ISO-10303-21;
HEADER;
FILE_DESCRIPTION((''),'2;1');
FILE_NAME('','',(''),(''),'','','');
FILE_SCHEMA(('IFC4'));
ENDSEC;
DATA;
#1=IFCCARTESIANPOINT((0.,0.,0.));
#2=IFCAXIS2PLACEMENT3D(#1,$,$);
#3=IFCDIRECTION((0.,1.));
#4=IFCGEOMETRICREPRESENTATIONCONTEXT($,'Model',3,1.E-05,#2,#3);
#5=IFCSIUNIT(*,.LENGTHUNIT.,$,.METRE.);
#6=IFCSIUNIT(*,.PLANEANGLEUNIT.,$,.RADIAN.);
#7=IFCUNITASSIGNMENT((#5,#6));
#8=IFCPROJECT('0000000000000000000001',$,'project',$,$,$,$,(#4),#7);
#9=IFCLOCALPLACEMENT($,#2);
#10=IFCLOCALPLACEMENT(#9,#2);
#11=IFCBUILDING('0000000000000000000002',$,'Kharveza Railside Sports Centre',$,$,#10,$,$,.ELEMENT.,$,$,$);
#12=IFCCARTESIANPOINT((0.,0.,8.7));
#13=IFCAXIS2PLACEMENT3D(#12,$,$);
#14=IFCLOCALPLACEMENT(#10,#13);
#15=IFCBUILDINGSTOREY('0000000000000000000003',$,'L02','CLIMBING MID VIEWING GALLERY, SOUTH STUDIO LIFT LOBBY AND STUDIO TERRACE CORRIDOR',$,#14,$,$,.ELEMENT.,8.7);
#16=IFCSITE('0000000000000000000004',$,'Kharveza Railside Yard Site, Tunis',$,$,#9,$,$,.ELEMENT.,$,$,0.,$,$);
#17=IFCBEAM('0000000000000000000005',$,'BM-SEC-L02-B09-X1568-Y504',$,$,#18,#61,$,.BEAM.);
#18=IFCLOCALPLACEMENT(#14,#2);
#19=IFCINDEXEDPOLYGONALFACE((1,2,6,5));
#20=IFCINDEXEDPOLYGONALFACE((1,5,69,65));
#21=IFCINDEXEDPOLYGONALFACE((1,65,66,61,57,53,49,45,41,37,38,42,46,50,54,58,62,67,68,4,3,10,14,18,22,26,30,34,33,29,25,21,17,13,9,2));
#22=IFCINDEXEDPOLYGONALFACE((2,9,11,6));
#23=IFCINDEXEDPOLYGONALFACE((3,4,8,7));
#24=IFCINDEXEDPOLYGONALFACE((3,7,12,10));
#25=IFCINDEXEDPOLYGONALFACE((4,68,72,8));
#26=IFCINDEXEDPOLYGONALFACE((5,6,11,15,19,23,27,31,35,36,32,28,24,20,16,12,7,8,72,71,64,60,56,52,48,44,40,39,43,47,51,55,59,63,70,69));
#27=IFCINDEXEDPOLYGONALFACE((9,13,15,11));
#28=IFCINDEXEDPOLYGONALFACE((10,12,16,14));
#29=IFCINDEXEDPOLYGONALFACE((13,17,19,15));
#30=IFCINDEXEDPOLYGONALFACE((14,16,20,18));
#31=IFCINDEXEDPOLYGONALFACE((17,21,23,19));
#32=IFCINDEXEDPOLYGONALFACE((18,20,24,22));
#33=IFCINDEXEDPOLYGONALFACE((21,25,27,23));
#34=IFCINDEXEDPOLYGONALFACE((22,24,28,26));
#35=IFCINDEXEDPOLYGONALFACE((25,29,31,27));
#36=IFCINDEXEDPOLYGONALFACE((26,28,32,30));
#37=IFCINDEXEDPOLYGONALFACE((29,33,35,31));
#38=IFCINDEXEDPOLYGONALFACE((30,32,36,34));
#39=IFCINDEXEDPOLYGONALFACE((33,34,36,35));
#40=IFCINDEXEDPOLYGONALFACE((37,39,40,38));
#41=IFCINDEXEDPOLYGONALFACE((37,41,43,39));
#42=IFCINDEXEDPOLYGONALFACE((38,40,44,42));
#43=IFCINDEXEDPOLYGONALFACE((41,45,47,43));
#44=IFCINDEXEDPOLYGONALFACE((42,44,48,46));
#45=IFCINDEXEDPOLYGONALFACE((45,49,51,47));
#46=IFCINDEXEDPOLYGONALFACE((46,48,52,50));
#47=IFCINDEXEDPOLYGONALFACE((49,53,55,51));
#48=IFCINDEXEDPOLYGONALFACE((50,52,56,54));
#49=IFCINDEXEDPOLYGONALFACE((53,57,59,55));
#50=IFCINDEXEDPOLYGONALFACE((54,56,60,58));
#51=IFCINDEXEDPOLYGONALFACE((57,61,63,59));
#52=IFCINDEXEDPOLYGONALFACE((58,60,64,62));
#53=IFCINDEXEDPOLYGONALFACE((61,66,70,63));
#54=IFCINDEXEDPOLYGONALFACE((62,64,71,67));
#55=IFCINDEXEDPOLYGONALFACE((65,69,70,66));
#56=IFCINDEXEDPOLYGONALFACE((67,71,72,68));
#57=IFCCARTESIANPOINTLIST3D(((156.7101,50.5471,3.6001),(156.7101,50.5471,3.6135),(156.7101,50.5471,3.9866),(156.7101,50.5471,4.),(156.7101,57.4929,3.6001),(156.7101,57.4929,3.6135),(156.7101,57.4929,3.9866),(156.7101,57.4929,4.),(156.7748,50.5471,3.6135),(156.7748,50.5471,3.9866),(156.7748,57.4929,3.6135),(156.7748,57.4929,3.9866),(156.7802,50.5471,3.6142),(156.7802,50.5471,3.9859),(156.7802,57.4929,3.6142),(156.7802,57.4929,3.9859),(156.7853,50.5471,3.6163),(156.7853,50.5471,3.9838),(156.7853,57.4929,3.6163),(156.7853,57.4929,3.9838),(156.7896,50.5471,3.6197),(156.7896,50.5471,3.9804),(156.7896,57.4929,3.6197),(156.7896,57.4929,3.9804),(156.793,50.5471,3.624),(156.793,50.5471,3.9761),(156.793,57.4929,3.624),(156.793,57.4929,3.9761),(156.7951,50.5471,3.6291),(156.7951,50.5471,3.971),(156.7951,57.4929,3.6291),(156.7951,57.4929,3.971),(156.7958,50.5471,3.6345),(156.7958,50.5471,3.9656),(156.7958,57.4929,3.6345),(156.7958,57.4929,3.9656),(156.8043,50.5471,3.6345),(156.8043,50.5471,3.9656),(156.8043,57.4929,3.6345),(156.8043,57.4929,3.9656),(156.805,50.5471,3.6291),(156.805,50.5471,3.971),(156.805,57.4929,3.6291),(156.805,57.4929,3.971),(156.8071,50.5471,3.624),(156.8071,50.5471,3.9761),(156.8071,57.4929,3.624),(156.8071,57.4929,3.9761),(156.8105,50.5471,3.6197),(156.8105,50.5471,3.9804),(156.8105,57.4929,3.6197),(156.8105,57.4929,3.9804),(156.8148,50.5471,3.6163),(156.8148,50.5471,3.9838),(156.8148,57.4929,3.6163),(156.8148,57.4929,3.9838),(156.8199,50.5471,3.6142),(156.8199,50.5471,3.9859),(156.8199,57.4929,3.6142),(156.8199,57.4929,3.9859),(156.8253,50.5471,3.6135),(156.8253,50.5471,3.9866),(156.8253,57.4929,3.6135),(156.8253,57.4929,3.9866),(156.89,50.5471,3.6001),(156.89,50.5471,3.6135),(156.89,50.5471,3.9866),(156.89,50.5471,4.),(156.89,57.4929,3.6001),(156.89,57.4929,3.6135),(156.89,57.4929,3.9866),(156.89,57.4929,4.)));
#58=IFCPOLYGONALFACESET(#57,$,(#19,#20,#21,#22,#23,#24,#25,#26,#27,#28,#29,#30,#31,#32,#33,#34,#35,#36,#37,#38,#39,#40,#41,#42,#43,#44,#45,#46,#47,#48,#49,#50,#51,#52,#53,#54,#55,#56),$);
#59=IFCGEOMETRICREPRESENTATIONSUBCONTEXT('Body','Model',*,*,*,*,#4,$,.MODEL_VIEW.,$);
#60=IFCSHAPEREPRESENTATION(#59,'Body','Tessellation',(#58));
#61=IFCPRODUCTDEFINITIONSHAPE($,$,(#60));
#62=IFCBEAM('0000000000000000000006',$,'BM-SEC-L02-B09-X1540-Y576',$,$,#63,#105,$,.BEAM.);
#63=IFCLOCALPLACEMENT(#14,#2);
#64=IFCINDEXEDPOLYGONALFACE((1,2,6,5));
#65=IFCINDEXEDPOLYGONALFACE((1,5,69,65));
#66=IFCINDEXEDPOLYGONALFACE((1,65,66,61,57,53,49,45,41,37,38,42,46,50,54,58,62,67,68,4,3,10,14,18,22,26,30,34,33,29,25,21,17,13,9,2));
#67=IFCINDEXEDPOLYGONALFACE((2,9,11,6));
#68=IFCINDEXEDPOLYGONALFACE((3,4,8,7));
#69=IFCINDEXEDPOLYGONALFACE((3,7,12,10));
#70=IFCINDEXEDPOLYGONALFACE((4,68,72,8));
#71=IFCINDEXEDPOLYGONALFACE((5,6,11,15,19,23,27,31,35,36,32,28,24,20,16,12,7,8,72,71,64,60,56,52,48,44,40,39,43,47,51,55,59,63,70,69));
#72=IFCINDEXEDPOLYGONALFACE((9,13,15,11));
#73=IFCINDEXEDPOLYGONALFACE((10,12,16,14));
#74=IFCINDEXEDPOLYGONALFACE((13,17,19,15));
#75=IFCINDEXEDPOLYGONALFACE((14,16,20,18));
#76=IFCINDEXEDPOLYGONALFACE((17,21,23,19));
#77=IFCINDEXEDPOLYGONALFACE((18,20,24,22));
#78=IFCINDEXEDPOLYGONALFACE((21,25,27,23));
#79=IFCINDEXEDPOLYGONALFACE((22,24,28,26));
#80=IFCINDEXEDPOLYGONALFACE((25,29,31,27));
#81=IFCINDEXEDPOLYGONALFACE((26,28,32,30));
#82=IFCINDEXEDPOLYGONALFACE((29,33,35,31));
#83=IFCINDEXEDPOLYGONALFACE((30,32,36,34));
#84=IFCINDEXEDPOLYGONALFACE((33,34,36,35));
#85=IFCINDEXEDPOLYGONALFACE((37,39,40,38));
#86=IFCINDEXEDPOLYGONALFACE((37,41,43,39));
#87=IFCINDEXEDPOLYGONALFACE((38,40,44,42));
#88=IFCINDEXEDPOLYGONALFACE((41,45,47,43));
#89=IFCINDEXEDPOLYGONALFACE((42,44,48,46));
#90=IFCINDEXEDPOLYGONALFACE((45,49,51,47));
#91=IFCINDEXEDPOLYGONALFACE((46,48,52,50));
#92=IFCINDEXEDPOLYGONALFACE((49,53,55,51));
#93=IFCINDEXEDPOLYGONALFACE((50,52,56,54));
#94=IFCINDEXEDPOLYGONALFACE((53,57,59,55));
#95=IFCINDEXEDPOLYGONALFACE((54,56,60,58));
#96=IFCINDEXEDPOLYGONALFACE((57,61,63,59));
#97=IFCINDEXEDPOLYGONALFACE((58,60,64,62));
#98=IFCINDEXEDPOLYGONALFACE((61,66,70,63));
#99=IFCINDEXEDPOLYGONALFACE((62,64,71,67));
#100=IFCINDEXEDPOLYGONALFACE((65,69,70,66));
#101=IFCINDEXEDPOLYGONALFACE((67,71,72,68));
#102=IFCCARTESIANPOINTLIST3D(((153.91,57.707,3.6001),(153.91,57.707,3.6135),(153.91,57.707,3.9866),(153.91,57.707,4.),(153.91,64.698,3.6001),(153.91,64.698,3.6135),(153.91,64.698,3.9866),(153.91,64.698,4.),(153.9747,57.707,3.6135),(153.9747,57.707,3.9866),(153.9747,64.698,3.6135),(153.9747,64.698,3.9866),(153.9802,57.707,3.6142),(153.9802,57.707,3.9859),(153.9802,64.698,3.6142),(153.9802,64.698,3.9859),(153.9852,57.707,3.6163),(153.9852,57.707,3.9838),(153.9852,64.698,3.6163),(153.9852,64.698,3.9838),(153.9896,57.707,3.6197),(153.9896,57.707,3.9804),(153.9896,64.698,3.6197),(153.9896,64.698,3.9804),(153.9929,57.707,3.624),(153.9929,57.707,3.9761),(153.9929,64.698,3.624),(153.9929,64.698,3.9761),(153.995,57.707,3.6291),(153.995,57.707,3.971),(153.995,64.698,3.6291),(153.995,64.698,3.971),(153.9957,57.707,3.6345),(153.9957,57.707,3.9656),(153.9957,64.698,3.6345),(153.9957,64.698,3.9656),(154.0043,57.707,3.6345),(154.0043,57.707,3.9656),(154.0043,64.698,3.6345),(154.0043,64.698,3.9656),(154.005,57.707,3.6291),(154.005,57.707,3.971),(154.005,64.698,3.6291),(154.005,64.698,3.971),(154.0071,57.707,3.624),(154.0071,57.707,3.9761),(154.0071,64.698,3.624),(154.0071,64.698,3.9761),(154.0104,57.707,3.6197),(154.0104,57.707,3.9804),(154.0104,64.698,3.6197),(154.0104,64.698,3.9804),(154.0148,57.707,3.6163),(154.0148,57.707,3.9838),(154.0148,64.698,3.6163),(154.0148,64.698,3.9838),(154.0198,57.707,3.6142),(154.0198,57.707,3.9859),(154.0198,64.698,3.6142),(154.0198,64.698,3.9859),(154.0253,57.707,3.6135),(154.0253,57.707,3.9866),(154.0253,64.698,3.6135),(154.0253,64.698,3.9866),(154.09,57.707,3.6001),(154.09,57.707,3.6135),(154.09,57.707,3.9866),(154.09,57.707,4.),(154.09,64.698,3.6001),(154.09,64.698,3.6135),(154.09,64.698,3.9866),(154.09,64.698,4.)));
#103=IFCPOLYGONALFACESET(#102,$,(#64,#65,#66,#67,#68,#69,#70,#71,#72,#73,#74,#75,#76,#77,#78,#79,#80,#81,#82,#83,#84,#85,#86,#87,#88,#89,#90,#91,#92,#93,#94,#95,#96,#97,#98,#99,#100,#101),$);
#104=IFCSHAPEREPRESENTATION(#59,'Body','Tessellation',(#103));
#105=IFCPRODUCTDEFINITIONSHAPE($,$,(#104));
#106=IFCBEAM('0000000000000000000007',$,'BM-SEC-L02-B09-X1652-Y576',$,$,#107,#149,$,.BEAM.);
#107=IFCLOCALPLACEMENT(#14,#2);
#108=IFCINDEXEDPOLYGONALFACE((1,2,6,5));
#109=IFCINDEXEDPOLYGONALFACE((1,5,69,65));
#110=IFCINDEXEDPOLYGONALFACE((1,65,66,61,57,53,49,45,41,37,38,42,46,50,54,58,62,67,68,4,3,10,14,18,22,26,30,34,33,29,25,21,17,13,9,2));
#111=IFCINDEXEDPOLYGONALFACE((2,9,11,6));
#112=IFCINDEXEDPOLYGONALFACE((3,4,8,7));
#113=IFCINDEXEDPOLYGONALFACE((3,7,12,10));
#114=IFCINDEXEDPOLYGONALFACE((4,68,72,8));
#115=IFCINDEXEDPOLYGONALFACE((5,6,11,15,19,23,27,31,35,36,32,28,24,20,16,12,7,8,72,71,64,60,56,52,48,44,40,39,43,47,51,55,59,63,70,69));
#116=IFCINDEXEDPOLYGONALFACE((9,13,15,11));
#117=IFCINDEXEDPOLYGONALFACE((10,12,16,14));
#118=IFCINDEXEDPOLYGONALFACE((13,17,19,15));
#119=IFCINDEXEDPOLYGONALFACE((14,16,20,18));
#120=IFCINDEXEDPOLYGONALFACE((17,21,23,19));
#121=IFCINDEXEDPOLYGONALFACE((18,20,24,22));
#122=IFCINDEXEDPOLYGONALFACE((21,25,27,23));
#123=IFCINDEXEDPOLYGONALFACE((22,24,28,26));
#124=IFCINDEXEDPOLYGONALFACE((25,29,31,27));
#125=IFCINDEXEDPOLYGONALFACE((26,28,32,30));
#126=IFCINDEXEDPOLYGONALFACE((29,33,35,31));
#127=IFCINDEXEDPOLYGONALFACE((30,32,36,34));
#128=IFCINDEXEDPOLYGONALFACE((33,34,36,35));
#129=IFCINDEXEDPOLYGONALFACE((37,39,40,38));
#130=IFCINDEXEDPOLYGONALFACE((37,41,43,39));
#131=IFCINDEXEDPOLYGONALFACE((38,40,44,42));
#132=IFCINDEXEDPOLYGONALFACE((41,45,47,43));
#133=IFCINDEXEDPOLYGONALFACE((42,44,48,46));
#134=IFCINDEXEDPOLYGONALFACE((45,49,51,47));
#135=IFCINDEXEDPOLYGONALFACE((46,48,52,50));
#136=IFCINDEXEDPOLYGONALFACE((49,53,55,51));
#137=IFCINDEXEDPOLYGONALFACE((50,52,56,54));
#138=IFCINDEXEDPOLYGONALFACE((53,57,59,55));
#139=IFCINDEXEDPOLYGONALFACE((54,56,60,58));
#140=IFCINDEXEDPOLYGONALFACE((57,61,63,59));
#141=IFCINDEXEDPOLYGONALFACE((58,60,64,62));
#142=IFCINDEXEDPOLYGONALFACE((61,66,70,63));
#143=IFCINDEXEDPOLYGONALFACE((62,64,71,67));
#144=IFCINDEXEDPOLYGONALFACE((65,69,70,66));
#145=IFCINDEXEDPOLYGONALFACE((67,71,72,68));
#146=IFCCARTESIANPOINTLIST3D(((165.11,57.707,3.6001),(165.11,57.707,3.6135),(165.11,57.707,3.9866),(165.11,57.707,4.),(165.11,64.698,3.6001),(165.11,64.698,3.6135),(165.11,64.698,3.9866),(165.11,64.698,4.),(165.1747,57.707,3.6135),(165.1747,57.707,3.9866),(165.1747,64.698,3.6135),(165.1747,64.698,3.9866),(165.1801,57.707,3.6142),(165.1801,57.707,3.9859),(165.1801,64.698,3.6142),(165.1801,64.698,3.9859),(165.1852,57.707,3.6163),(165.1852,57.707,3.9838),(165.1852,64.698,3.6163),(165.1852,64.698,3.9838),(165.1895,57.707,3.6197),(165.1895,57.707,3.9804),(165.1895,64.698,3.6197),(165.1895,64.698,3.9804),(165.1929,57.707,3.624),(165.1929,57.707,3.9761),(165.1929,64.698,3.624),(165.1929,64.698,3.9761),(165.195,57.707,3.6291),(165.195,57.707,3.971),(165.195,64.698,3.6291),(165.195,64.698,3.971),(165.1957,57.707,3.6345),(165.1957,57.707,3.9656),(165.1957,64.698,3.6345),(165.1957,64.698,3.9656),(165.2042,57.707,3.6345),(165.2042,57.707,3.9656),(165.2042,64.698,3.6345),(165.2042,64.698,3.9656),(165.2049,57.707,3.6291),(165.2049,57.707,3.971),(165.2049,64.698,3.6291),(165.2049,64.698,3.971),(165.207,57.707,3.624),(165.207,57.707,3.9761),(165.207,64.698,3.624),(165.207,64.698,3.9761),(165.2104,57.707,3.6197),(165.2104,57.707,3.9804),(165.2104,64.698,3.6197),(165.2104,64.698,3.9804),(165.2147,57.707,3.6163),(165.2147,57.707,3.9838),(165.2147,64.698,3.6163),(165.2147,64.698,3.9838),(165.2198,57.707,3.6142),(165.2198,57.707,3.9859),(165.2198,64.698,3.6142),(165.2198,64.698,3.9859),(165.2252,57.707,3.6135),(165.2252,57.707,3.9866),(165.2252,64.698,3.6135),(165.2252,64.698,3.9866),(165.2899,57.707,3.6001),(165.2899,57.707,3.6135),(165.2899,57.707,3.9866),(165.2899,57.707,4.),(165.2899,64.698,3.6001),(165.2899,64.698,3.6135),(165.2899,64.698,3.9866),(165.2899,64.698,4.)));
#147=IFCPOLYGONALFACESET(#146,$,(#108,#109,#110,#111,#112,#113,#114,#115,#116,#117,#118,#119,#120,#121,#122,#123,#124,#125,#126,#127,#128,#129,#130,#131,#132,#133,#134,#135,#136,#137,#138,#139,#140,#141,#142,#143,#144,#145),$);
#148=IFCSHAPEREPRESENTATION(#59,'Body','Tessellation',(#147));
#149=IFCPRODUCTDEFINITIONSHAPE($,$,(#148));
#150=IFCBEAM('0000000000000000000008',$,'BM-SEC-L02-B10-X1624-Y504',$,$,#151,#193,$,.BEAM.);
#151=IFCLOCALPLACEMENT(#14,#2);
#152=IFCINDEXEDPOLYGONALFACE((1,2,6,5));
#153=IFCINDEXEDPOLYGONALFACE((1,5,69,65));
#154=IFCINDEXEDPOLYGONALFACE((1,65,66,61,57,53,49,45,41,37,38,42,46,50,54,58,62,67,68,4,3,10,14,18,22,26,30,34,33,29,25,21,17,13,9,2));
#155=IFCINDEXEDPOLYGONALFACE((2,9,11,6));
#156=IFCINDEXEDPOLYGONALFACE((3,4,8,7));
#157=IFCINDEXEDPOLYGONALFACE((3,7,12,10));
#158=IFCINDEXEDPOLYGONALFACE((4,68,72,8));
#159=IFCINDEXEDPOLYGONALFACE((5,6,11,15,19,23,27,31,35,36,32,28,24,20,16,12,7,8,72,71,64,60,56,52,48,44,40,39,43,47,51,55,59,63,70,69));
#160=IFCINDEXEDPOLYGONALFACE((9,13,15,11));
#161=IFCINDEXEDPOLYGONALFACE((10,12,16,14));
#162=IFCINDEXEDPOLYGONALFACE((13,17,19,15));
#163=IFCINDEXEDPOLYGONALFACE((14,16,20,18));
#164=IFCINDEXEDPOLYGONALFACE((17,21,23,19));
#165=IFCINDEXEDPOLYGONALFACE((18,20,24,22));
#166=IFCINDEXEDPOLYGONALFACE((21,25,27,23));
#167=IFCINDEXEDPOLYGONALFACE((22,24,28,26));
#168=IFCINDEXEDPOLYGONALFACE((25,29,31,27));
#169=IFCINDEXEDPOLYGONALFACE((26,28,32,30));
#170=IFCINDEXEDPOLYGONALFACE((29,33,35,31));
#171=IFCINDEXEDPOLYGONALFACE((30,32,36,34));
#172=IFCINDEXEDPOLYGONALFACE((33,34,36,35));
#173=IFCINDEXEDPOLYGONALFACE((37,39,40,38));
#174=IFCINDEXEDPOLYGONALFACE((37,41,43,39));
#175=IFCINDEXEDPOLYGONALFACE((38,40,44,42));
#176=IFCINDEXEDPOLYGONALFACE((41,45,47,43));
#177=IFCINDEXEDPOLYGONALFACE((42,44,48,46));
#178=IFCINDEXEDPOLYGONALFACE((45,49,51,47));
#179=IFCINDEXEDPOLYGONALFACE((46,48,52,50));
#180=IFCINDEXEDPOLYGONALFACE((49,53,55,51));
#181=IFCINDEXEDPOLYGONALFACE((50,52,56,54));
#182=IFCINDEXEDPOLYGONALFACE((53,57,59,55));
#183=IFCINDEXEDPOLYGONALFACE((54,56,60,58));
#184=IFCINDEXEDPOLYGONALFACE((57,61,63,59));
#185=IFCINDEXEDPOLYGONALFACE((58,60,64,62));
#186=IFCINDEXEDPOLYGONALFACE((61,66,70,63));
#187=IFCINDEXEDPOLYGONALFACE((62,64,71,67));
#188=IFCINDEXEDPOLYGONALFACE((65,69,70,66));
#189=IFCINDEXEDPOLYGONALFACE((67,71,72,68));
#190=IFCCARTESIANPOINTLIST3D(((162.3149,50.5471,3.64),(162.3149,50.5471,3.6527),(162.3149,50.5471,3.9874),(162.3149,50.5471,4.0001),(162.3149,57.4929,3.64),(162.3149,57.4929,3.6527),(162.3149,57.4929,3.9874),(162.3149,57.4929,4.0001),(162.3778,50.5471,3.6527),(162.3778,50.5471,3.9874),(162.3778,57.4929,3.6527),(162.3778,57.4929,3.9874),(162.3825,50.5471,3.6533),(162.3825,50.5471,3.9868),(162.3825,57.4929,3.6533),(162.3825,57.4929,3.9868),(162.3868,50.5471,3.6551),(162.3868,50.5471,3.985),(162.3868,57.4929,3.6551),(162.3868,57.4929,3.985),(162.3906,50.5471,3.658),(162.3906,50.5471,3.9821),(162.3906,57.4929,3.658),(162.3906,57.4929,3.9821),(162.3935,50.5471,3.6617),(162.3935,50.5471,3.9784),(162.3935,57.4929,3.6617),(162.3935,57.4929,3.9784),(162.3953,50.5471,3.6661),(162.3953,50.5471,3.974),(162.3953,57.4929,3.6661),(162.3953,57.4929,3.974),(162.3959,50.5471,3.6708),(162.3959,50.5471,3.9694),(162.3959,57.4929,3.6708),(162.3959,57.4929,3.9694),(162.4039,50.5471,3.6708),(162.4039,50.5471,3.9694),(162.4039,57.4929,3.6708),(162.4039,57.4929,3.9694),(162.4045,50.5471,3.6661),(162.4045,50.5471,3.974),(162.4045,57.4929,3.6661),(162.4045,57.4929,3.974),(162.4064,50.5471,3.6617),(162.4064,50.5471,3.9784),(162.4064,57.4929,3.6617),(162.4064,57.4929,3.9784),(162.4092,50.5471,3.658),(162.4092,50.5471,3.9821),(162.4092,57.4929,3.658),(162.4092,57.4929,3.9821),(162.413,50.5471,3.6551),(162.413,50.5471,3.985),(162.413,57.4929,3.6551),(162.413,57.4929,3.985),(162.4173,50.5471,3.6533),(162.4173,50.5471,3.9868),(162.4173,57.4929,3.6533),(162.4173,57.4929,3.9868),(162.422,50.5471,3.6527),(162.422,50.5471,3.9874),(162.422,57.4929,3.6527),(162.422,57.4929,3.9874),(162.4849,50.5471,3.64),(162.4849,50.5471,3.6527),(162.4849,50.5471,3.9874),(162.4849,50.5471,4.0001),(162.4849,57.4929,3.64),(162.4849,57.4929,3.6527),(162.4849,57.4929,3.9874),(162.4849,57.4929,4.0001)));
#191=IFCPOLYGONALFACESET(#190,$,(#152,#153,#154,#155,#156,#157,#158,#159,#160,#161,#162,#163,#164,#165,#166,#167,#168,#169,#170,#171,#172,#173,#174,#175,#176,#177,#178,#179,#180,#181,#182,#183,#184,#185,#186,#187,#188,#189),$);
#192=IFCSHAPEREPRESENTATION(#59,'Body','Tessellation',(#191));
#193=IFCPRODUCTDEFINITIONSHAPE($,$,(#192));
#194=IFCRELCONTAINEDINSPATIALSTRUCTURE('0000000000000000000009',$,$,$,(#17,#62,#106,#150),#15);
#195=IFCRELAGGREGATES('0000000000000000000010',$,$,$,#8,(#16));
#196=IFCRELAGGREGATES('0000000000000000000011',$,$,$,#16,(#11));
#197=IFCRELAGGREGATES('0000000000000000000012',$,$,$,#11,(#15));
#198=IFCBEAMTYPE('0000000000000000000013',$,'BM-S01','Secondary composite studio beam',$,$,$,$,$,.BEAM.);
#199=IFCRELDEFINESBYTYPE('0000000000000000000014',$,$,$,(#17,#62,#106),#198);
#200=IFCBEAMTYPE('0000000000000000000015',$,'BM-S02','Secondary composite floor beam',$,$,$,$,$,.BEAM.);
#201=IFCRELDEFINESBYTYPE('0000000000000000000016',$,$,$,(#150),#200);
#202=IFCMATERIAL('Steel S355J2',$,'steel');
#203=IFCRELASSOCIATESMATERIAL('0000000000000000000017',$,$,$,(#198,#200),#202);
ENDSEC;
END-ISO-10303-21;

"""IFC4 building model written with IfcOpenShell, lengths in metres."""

from ifc_helpers import new_model, si_unit, direction, frame, origin, origin_2d, place, context, subcontext, project, spatial, i_section, extrude, material, material_profile, profile_set, type_object, element, save


model = new_model("IFC4")

# Units and contexts
model_context = context("Model", 3, precision=1e-05, world=origin(), true_north=direction((0.0, 1.0)))
body_context = subcontext(model_context, "Body", "Model", "MODEL_VIEW")
ifc_project = project(units=[si_unit("LENGTHUNIT", "METRE"), si_unit("PLANEANGLEUNIT", "RADIAN")], contexts=[model_context])

# Site, building, storey
site_placement = place(None, origin())
site = spatial("IfcSite", under=ifc_project, at=site_placement, Name="Kharveza Railside Yard Site, Tunis", CompositionType="ELEMENT", RefElevation=0.0)
building_placement = place(site_placement, origin())
building = spatial("IfcBuilding", under=site, at=building_placement, Name="Kharveza Railside Sports Centre", CompositionType="ELEMENT")
storey_placement = place(building_placement, frame((0.0, 0.0, 8.7)))
storey = spatial("IfcBuildingStorey", under=building, at=storey_placement, Name="L02", Description="CLIMBING MID VIEWING GALLERY, SOUTH STUDIO LIFT LOBBY AND STUDIO TERRACE CORRIDOR", CompositionType="ELEMENT", Elevation=8.7)

# Shared definitions
ifc_material_1 = material(Name="Steel S355J2", Category="steel")

# Beams
ifc_material_profile_1 = material_profile(ifc_material_1, i_section(OverallWidth=0.1799, OverallDepth=0.3999, WebThickness=0.0085, FlangeThickness=0.0134, FilletRadius=0.021, at=origin_2d()), Name="IPE 400")
ifc_profile_set_1 = profile_set([ifc_material_profile_1], Name="Steel S355J2")
beam_type_1 = type_object("IfcBeamType", Name="BM-S01", Description="Secondary composite studio beam", PredefinedType="BEAM", material=ifc_profile_set_1)
beam_1_placement = place(storey_placement, frame((156.8, 50.5471, 3.8), z_axis=(0.0, 1.0, 0.0), x_axis=(-1.0, 0.0, 0.0)))
element("IfcBeam", 1, at=beam_1_placement, inside=storey, type_object=beam_type_1, Name="BM-SEC-L02-B09-X1568-Y504", PredefinedType="BEAM", context=body_context, shape_type="SweptSolid", body=[
    extrude(i_section(OverallWidth=0.1799, OverallDepth=0.3999, WebThickness=0.0085, FlangeThickness=0.0134, FilletRadius=0.021, at=origin_2d()), origin(), (0.0, 0.0, 1.0), 6.9458),
])
for number, where, z_axis, x_axis, name in (
    (2, (154.0, 57.707, 3.8), (0.0, 1.0, 0.0), (-1.0, 0.0, 0.0), "BM-SEC-L02-B09-X1540-Y576"),
    (3, (165.2, 57.707, 3.8), (0.0, 1.0, 0.0), (-1.0, 0.0, 0.0), "BM-SEC-L02-B09-X1652-Y576"),
):
    element("IfcBeam", number, at=place(storey_placement, frame(where, z_axis=z_axis, x_axis=x_axis)), inside=storey, type_object=beam_type_1, Name=name, PredefinedType="BEAM", context=body_context, shape_type="SweptSolid", body=[
        extrude(i_section(OverallWidth=0.1799, OverallDepth=0.3999, WebThickness=0.0085, FlangeThickness=0.0134, FilletRadius=0.021, at=origin_2d()), origin(), (0.0, 0.0, 1.0), 6.991),
    ])
ifc_material_profile_2 = material_profile(ifc_material_1, i_section(OverallWidth=0.1699, OverallDepth=0.3601, WebThickness=0.0081, FlangeThickness=0.0127, FilletRadius=0.0181, at=origin_2d()), Name="IPE 360")
ifc_profile_set_2 = profile_set([ifc_material_profile_2], Name="Steel S355J2")
beam_type_2 = type_object("IfcBeamType", Name="BM-S02", Description="Secondary composite floor beam", PredefinedType="BEAM", material=ifc_profile_set_2)
beam_2_placement = place(storey_placement, frame((162.3999, 50.5471, 3.8201), z_axis=(0.0, 1.0, 0.0), x_axis=(-1.0, 0.0, 0.0)))
element("IfcBeam", 4, at=beam_2_placement, inside=storey, type_object=beam_type_2, Name="BM-SEC-L02-B10-X1624-Y504", PredefinedType="BEAM", context=body_context, shape_type="SweptSolid", body=[
    extrude(i_section(OverallWidth=0.1699, OverallDepth=0.3601, WebThickness=0.0081, FlangeThickness=0.0127, FilletRadius=0.0181, at=origin_2d()), origin(), (0.0, 0.0, 1.0), 6.9458),
])

save(model, "model.ifc")
